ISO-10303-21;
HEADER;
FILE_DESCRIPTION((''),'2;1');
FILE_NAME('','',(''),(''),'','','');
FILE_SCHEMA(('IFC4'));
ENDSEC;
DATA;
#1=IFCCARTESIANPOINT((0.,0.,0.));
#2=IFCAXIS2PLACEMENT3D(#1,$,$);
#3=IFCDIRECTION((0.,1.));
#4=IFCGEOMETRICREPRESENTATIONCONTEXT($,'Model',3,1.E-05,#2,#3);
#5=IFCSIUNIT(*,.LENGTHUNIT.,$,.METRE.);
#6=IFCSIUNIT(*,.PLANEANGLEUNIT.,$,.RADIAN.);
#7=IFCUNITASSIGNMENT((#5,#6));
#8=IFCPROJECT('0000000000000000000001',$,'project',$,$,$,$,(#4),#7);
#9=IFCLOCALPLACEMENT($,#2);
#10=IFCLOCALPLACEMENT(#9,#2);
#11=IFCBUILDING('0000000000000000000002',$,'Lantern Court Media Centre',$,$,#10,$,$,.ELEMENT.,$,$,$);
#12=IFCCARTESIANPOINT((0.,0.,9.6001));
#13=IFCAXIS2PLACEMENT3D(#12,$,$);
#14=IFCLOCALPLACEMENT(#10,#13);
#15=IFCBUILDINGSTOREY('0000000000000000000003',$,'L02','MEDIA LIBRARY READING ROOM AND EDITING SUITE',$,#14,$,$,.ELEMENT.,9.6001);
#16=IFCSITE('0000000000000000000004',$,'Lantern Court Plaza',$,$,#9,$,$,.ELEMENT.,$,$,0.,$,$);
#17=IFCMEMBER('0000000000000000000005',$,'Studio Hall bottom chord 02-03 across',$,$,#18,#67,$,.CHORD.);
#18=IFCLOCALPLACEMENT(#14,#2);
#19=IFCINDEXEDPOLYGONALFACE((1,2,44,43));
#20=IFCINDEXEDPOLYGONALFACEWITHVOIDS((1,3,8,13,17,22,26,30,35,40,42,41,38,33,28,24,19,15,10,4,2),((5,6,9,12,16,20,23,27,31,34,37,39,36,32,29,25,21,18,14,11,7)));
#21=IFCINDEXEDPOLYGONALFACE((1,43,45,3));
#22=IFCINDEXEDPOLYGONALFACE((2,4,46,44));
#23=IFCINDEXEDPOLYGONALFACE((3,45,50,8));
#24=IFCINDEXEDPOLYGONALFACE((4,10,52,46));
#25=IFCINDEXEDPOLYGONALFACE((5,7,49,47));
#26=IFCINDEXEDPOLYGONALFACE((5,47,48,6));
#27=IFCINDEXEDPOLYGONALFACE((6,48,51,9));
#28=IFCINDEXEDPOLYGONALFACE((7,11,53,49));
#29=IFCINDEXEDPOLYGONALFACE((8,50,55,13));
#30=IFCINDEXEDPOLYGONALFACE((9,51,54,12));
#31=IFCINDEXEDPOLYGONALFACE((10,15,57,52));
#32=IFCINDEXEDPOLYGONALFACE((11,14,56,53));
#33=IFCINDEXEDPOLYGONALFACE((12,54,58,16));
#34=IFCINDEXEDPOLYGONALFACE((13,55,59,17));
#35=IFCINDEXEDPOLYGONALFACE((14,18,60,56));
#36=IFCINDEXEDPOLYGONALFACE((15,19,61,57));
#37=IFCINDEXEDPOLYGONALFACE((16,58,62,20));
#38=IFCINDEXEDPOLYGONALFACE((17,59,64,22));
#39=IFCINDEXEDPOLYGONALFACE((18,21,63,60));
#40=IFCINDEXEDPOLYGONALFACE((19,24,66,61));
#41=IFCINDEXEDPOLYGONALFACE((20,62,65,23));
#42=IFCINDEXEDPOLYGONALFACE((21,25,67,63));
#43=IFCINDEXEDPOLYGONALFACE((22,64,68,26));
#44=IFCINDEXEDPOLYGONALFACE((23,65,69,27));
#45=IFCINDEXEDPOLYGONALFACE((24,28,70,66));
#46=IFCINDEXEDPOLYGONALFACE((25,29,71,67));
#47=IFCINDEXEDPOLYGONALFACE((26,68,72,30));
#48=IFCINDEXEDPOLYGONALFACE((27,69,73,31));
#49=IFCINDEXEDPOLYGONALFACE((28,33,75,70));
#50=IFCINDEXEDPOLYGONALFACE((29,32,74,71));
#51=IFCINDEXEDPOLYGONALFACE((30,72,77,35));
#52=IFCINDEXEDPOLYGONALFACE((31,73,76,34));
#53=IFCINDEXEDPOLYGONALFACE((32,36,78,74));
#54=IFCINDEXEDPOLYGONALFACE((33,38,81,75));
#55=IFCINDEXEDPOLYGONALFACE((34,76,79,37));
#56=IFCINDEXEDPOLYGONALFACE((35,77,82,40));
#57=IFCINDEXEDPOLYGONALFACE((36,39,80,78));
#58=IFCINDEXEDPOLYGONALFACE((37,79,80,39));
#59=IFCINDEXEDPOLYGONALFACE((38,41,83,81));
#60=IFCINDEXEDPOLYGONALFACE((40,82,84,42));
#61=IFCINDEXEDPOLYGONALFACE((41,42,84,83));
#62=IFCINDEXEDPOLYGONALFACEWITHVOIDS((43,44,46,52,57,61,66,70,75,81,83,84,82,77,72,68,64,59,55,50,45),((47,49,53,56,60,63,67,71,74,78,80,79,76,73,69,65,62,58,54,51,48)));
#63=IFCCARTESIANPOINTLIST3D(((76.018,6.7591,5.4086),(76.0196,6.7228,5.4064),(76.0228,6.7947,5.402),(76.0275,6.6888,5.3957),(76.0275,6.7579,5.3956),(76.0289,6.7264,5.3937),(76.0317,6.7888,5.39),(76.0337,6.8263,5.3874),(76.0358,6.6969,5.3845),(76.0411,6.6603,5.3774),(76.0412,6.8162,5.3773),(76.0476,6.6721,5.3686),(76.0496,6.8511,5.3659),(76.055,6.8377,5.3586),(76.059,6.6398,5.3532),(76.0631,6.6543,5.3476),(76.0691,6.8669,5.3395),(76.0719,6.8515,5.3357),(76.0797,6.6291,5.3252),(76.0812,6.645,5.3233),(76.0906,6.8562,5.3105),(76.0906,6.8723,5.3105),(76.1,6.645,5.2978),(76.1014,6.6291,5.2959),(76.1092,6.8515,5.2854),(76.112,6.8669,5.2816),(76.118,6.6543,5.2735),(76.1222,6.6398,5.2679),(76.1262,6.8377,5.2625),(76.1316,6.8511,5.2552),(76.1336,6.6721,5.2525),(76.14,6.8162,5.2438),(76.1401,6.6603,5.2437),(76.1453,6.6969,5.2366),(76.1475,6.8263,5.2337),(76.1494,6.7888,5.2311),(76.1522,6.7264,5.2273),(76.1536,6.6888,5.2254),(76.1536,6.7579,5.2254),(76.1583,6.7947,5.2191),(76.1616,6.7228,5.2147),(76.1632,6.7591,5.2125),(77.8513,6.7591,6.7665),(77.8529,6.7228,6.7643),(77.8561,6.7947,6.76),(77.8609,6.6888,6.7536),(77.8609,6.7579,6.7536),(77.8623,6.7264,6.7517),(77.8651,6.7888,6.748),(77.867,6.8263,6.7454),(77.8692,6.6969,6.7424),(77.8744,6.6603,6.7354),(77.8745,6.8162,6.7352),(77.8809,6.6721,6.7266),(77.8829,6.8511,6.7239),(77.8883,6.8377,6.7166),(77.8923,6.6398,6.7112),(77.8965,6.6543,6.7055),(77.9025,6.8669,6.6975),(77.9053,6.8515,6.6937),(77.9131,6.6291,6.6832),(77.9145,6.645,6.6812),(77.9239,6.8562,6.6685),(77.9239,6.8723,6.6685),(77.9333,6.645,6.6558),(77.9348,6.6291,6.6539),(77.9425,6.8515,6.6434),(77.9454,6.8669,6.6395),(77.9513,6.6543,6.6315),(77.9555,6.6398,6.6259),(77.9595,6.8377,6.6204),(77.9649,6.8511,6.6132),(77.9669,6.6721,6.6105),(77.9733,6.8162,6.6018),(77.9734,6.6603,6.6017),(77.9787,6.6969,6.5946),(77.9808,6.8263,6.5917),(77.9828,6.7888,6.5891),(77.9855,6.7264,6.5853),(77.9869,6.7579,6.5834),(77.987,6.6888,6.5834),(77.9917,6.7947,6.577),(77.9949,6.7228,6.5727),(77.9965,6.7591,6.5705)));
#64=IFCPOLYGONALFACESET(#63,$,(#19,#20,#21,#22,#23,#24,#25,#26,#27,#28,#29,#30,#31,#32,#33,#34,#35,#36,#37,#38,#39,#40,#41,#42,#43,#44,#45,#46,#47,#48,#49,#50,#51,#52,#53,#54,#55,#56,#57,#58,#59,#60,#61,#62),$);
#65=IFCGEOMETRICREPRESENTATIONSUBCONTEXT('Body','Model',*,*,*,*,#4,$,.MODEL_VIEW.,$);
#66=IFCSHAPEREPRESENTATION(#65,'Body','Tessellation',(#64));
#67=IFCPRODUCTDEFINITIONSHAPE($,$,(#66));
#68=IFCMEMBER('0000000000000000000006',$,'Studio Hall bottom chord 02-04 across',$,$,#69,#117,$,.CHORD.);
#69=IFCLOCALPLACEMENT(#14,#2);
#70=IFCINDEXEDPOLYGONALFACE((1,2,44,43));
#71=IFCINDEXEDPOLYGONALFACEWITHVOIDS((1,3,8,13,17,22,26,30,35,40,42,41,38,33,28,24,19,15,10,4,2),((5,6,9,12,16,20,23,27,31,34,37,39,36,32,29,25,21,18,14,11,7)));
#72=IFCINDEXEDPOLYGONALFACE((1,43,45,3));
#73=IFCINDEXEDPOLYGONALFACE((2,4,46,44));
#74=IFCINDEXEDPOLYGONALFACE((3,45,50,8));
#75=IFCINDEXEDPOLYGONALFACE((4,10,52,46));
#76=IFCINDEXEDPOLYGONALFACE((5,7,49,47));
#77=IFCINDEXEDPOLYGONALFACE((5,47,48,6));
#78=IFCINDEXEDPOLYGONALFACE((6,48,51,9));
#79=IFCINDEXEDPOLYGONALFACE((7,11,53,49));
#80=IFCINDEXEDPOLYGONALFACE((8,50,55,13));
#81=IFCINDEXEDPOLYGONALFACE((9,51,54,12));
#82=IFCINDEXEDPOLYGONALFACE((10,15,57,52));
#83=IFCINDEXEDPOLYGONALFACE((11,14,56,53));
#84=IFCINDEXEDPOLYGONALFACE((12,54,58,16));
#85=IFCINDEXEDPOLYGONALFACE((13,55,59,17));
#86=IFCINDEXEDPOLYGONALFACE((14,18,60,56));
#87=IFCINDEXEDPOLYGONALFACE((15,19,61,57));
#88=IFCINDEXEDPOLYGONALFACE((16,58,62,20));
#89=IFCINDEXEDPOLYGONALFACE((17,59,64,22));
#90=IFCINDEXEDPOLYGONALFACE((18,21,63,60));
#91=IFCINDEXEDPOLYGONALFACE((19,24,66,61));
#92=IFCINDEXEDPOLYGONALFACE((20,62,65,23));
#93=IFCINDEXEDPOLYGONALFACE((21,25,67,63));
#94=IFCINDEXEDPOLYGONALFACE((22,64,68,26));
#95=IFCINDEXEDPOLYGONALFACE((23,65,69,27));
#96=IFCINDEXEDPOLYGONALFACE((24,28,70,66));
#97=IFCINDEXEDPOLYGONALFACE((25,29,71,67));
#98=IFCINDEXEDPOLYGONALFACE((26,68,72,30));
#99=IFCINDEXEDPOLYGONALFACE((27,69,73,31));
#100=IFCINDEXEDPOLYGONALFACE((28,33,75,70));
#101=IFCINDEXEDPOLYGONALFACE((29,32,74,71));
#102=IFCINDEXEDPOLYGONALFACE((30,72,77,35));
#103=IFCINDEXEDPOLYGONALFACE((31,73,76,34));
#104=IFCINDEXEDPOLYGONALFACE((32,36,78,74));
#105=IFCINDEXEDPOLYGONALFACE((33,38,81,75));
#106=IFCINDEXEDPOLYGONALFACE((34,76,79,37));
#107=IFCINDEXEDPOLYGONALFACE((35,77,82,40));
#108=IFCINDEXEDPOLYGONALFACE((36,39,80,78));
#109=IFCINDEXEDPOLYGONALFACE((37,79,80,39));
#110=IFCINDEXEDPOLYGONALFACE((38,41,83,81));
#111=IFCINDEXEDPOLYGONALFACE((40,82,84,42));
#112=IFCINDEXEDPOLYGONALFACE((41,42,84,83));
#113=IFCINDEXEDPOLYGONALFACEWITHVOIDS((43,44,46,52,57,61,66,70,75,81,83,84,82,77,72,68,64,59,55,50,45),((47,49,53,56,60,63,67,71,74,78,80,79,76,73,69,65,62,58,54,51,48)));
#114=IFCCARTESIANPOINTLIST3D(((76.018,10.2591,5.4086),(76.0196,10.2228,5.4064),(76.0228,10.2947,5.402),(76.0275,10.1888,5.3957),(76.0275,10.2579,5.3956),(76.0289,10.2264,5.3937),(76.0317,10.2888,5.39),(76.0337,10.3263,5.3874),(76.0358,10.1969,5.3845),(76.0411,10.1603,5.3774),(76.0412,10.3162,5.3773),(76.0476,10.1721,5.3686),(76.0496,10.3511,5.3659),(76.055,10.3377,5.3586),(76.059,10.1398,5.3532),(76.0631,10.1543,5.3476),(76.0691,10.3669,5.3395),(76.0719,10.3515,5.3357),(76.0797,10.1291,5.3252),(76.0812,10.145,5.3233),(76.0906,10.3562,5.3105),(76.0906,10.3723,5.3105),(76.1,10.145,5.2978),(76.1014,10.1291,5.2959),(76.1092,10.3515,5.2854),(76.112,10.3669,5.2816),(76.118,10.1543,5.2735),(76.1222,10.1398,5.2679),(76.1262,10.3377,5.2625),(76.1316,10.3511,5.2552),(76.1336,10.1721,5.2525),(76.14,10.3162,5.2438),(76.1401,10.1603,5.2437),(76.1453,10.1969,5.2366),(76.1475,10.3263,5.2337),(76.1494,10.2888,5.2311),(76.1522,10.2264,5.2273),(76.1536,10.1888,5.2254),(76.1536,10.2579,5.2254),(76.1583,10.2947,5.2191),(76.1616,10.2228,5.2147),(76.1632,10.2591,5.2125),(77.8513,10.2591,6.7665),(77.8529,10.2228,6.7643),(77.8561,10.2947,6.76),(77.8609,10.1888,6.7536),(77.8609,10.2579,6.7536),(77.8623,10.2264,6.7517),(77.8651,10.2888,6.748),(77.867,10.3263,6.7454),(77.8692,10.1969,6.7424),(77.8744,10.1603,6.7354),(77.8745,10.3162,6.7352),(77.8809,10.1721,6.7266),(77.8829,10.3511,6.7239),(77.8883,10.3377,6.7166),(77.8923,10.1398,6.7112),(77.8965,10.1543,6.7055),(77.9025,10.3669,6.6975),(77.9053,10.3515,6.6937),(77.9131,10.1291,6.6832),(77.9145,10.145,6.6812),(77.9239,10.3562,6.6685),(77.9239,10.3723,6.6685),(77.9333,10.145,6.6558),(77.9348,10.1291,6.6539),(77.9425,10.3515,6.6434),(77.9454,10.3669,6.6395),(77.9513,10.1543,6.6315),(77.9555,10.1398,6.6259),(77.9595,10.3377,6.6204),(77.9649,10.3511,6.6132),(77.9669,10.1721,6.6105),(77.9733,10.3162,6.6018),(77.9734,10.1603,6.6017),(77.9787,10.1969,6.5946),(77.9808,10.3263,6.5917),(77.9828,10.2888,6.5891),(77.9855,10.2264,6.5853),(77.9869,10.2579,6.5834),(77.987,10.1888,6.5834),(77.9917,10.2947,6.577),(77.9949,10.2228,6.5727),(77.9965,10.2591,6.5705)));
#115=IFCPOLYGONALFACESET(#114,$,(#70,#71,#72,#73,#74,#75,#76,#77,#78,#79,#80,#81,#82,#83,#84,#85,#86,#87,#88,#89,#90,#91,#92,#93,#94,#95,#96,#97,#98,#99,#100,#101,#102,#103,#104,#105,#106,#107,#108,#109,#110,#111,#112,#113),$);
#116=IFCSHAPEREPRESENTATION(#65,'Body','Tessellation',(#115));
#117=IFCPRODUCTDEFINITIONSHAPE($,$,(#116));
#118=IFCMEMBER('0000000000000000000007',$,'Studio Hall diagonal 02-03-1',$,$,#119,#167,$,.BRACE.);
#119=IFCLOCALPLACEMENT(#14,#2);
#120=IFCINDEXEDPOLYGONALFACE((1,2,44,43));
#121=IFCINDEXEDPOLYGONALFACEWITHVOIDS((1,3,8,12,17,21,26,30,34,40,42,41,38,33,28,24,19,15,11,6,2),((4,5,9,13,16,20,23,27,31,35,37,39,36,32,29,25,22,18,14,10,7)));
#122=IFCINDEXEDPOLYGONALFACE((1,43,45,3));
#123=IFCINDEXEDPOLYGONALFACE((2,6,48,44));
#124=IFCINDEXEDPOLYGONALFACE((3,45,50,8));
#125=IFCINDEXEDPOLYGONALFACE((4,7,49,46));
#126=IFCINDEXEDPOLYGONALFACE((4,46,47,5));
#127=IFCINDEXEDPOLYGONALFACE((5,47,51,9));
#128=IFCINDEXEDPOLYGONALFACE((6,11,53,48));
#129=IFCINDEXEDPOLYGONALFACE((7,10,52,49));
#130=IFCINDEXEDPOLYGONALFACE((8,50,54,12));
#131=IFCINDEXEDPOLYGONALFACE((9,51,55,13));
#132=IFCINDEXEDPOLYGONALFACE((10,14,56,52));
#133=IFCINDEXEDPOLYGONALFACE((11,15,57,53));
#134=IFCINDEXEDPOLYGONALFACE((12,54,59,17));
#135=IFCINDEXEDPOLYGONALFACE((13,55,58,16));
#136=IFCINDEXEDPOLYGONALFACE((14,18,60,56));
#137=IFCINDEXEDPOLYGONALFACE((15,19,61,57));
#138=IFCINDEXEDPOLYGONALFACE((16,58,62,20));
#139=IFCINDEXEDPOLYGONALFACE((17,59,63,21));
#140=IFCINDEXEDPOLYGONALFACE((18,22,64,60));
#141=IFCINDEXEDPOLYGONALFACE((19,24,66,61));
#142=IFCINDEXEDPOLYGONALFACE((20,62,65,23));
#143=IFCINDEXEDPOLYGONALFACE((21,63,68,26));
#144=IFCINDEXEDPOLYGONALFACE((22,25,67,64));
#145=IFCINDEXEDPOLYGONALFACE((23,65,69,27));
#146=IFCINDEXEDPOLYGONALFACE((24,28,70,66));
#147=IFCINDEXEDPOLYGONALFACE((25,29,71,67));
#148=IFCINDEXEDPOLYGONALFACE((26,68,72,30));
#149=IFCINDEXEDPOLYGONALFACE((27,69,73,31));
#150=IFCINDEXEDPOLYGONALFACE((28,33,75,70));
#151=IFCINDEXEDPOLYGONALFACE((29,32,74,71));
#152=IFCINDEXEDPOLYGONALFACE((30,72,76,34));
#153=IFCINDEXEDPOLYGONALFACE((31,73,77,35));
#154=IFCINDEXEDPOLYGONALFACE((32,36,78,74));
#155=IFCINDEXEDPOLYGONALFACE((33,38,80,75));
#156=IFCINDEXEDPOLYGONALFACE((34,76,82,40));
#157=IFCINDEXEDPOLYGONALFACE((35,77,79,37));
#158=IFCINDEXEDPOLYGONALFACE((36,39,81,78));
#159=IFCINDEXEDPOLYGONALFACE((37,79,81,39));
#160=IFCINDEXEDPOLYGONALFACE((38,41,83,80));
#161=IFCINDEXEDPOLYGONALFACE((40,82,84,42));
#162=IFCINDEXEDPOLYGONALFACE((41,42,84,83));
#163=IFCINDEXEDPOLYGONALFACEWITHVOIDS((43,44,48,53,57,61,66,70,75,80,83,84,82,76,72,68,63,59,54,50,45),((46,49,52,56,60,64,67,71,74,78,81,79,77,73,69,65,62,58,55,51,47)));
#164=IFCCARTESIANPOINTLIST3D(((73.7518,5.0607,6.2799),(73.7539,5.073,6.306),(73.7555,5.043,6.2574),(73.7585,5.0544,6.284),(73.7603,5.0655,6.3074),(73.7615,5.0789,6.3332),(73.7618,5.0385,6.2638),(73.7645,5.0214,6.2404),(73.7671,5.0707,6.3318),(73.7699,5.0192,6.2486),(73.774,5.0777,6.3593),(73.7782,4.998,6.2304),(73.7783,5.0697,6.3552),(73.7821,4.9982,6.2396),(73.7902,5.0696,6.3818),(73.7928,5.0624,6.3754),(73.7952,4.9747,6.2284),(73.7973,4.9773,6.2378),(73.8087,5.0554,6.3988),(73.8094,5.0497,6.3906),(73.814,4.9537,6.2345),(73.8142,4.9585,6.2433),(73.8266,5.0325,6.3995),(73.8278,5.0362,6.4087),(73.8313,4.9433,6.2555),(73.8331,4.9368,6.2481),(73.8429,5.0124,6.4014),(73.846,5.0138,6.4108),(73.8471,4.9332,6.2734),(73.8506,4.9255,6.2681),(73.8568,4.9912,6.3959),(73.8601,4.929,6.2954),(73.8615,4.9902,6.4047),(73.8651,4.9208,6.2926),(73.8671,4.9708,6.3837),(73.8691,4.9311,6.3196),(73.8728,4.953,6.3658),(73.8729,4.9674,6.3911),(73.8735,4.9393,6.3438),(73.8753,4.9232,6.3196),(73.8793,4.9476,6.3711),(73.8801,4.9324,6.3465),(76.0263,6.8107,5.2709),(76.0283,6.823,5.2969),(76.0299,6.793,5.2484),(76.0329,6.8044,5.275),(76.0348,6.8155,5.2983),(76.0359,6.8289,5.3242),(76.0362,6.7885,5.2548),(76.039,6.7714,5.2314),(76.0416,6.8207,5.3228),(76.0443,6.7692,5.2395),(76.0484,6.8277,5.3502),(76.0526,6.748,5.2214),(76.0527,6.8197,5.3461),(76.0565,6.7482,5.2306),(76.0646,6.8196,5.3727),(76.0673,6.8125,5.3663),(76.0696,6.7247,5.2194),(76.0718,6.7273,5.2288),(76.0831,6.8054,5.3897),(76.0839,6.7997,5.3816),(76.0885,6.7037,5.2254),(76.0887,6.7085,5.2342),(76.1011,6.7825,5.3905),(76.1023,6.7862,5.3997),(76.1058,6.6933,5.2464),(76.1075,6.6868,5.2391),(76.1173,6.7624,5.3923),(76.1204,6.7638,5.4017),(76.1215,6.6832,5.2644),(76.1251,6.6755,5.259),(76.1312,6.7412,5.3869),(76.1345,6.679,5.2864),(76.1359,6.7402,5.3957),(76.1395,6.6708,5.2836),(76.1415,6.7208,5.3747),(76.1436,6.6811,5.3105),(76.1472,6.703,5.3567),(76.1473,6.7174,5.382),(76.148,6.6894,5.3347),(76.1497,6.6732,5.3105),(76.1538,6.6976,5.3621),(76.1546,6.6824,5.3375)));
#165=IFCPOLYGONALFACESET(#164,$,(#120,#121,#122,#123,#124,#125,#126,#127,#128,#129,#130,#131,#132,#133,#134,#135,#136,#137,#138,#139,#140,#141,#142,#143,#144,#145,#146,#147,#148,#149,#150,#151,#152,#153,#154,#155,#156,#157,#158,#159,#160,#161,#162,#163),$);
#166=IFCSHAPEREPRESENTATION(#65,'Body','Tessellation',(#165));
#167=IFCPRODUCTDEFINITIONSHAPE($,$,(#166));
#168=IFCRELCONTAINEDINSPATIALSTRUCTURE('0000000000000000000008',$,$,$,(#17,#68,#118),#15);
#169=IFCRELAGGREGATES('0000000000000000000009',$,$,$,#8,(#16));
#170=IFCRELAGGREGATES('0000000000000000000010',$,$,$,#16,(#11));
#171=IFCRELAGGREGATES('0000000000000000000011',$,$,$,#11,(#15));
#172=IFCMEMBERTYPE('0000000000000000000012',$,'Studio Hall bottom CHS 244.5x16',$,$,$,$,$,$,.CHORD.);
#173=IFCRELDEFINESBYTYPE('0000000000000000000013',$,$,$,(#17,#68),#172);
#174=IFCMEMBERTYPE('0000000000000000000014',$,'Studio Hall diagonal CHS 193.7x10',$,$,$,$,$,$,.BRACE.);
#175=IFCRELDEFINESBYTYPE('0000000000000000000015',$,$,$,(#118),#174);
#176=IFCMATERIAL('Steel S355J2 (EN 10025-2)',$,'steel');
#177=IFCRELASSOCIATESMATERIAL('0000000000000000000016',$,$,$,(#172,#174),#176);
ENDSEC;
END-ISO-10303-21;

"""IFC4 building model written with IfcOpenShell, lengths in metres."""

from ifc_helpers import new_model, si_unit, direction, frame, origin, origin_2d, place, context, subcontext, project, spatial, hollow_circle, extrude, material, material_profile, profile_set, type_object, element, save


model = new_model("IFC4")

# Units and contexts
model_context = context("Model", 3, precision=1e-05, world=origin(), true_north=direction((0.0, 1.0)))
body_context = subcontext(model_context, "Body", "Model", "MODEL_VIEW")
ifc_project = project(units=[si_unit("LENGTHUNIT", "METRE"), si_unit("PLANEANGLEUNIT", "RADIAN")], contexts=[model_context])

# Site, building, storey
site_placement = place(None, origin())
site = spatial("IfcSite", under=ifc_project, at=site_placement, Name="Lantern Court Plaza", CompositionType="ELEMENT", RefElevation=0.0)
building_placement = place(site_placement, origin())
building = spatial("IfcBuilding", under=site, at=building_placement, Name="Lantern Court Media Centre", CompositionType="ELEMENT")
storey_placement = place(building_placement, frame((0.0, 0.0, 9.6001)))
storey = spatial("IfcBuildingStorey", under=building, at=storey_placement, Name="L02", Description="MEDIA LIBRARY READING ROOM AND EDITING SUITE", CompositionType="ELEMENT", Elevation=9.6001)

# Members
ifc_material_1 = material(Name="Steel S355J2 (EN 10025-2)", Category="steel")
ifc_material_profile_1 = material_profile(ifc_material_1, hollow_circle(Radius=0.1223, WallThickness=0.0161, at=origin_2d()), Name="Studio Hall bottom CHS 244.5x16")
ifc_profile_set_1 = profile_set([ifc_material_profile_1], Name="Steel S355J2 (EN 10025-2)")
member_type_1 = type_object("IfcMemberType", Name="Studio Hall bottom CHS 244.5x16", PredefinedType="CHORD", material=ifc_profile_set_1)
for number, where, z_axis, x_axis, name in (
    (1, (76.0906, 6.75, 5.3105), (0.803569, 0.0, 0.595212), (0.0, 1.0, 0.0), "Studio Hall bottom chord 02-03 across"),
    (2, (76.0906, 10.25, 5.3105), (0.803569, 0.0, 0.595212), (0.0, 1.0, 0.0), "Studio Hall bottom chord 02-04 across"),
):
    element("IfcMember", number, at=place(storey_placement, frame(where, z_axis=z_axis, x_axis=x_axis)), inside=storey, type_object=member_type_1, Name=name, PredefinedType="CHORD", context=body_context, shape_type="SweptSolid", body=[
        extrude(hollow_circle(Radius=0.1223, WallThickness=0.0161, at=origin_2d()), origin(), (0.0, 0.0, 1.0), 2.2815),
    ])
ifc_material_profile_2 = material_profile(ifc_material_1, hollow_circle(Radius=0.0969, WallThickness=0.01, at=origin_2d()), Name="Studio Hall diagonal CHS 193.7x10")
ifc_profile_set_2 = profile_set([ifc_material_profile_2], Name="Steel S355J2 (EN 10025-2)")
member_type_2 = type_object("IfcMemberType", Name="Studio Hall diagonal CHS 193.7x10", PredefinedType="BRACE", material=ifc_profile_set_2)
for number, where, z_axis, x_axis, name in (
    (3, (76.0906, 6.75, 5.3105), (-0.747677, -0.575284, 0.331703), (0.609809, -0.792548, 0.0), "Studio Hall diagonal 02-03-1"),
):
    element("IfcMember", number, at=place(storey_placement, frame(where, z_axis=z_axis, x_axis=x_axis)), inside=storey, type_object=member_type_2, Name=name, PredefinedType="BRACE", context=body_context, shape_type="SweptSolid", body=[
        extrude(hollow_circle(Radius=0.0969, WallThickness=0.01, at=origin_2d()), origin(), (0.0, 0.0, 1.0), 3.042),
    ])

save(model, "model.ifc")
